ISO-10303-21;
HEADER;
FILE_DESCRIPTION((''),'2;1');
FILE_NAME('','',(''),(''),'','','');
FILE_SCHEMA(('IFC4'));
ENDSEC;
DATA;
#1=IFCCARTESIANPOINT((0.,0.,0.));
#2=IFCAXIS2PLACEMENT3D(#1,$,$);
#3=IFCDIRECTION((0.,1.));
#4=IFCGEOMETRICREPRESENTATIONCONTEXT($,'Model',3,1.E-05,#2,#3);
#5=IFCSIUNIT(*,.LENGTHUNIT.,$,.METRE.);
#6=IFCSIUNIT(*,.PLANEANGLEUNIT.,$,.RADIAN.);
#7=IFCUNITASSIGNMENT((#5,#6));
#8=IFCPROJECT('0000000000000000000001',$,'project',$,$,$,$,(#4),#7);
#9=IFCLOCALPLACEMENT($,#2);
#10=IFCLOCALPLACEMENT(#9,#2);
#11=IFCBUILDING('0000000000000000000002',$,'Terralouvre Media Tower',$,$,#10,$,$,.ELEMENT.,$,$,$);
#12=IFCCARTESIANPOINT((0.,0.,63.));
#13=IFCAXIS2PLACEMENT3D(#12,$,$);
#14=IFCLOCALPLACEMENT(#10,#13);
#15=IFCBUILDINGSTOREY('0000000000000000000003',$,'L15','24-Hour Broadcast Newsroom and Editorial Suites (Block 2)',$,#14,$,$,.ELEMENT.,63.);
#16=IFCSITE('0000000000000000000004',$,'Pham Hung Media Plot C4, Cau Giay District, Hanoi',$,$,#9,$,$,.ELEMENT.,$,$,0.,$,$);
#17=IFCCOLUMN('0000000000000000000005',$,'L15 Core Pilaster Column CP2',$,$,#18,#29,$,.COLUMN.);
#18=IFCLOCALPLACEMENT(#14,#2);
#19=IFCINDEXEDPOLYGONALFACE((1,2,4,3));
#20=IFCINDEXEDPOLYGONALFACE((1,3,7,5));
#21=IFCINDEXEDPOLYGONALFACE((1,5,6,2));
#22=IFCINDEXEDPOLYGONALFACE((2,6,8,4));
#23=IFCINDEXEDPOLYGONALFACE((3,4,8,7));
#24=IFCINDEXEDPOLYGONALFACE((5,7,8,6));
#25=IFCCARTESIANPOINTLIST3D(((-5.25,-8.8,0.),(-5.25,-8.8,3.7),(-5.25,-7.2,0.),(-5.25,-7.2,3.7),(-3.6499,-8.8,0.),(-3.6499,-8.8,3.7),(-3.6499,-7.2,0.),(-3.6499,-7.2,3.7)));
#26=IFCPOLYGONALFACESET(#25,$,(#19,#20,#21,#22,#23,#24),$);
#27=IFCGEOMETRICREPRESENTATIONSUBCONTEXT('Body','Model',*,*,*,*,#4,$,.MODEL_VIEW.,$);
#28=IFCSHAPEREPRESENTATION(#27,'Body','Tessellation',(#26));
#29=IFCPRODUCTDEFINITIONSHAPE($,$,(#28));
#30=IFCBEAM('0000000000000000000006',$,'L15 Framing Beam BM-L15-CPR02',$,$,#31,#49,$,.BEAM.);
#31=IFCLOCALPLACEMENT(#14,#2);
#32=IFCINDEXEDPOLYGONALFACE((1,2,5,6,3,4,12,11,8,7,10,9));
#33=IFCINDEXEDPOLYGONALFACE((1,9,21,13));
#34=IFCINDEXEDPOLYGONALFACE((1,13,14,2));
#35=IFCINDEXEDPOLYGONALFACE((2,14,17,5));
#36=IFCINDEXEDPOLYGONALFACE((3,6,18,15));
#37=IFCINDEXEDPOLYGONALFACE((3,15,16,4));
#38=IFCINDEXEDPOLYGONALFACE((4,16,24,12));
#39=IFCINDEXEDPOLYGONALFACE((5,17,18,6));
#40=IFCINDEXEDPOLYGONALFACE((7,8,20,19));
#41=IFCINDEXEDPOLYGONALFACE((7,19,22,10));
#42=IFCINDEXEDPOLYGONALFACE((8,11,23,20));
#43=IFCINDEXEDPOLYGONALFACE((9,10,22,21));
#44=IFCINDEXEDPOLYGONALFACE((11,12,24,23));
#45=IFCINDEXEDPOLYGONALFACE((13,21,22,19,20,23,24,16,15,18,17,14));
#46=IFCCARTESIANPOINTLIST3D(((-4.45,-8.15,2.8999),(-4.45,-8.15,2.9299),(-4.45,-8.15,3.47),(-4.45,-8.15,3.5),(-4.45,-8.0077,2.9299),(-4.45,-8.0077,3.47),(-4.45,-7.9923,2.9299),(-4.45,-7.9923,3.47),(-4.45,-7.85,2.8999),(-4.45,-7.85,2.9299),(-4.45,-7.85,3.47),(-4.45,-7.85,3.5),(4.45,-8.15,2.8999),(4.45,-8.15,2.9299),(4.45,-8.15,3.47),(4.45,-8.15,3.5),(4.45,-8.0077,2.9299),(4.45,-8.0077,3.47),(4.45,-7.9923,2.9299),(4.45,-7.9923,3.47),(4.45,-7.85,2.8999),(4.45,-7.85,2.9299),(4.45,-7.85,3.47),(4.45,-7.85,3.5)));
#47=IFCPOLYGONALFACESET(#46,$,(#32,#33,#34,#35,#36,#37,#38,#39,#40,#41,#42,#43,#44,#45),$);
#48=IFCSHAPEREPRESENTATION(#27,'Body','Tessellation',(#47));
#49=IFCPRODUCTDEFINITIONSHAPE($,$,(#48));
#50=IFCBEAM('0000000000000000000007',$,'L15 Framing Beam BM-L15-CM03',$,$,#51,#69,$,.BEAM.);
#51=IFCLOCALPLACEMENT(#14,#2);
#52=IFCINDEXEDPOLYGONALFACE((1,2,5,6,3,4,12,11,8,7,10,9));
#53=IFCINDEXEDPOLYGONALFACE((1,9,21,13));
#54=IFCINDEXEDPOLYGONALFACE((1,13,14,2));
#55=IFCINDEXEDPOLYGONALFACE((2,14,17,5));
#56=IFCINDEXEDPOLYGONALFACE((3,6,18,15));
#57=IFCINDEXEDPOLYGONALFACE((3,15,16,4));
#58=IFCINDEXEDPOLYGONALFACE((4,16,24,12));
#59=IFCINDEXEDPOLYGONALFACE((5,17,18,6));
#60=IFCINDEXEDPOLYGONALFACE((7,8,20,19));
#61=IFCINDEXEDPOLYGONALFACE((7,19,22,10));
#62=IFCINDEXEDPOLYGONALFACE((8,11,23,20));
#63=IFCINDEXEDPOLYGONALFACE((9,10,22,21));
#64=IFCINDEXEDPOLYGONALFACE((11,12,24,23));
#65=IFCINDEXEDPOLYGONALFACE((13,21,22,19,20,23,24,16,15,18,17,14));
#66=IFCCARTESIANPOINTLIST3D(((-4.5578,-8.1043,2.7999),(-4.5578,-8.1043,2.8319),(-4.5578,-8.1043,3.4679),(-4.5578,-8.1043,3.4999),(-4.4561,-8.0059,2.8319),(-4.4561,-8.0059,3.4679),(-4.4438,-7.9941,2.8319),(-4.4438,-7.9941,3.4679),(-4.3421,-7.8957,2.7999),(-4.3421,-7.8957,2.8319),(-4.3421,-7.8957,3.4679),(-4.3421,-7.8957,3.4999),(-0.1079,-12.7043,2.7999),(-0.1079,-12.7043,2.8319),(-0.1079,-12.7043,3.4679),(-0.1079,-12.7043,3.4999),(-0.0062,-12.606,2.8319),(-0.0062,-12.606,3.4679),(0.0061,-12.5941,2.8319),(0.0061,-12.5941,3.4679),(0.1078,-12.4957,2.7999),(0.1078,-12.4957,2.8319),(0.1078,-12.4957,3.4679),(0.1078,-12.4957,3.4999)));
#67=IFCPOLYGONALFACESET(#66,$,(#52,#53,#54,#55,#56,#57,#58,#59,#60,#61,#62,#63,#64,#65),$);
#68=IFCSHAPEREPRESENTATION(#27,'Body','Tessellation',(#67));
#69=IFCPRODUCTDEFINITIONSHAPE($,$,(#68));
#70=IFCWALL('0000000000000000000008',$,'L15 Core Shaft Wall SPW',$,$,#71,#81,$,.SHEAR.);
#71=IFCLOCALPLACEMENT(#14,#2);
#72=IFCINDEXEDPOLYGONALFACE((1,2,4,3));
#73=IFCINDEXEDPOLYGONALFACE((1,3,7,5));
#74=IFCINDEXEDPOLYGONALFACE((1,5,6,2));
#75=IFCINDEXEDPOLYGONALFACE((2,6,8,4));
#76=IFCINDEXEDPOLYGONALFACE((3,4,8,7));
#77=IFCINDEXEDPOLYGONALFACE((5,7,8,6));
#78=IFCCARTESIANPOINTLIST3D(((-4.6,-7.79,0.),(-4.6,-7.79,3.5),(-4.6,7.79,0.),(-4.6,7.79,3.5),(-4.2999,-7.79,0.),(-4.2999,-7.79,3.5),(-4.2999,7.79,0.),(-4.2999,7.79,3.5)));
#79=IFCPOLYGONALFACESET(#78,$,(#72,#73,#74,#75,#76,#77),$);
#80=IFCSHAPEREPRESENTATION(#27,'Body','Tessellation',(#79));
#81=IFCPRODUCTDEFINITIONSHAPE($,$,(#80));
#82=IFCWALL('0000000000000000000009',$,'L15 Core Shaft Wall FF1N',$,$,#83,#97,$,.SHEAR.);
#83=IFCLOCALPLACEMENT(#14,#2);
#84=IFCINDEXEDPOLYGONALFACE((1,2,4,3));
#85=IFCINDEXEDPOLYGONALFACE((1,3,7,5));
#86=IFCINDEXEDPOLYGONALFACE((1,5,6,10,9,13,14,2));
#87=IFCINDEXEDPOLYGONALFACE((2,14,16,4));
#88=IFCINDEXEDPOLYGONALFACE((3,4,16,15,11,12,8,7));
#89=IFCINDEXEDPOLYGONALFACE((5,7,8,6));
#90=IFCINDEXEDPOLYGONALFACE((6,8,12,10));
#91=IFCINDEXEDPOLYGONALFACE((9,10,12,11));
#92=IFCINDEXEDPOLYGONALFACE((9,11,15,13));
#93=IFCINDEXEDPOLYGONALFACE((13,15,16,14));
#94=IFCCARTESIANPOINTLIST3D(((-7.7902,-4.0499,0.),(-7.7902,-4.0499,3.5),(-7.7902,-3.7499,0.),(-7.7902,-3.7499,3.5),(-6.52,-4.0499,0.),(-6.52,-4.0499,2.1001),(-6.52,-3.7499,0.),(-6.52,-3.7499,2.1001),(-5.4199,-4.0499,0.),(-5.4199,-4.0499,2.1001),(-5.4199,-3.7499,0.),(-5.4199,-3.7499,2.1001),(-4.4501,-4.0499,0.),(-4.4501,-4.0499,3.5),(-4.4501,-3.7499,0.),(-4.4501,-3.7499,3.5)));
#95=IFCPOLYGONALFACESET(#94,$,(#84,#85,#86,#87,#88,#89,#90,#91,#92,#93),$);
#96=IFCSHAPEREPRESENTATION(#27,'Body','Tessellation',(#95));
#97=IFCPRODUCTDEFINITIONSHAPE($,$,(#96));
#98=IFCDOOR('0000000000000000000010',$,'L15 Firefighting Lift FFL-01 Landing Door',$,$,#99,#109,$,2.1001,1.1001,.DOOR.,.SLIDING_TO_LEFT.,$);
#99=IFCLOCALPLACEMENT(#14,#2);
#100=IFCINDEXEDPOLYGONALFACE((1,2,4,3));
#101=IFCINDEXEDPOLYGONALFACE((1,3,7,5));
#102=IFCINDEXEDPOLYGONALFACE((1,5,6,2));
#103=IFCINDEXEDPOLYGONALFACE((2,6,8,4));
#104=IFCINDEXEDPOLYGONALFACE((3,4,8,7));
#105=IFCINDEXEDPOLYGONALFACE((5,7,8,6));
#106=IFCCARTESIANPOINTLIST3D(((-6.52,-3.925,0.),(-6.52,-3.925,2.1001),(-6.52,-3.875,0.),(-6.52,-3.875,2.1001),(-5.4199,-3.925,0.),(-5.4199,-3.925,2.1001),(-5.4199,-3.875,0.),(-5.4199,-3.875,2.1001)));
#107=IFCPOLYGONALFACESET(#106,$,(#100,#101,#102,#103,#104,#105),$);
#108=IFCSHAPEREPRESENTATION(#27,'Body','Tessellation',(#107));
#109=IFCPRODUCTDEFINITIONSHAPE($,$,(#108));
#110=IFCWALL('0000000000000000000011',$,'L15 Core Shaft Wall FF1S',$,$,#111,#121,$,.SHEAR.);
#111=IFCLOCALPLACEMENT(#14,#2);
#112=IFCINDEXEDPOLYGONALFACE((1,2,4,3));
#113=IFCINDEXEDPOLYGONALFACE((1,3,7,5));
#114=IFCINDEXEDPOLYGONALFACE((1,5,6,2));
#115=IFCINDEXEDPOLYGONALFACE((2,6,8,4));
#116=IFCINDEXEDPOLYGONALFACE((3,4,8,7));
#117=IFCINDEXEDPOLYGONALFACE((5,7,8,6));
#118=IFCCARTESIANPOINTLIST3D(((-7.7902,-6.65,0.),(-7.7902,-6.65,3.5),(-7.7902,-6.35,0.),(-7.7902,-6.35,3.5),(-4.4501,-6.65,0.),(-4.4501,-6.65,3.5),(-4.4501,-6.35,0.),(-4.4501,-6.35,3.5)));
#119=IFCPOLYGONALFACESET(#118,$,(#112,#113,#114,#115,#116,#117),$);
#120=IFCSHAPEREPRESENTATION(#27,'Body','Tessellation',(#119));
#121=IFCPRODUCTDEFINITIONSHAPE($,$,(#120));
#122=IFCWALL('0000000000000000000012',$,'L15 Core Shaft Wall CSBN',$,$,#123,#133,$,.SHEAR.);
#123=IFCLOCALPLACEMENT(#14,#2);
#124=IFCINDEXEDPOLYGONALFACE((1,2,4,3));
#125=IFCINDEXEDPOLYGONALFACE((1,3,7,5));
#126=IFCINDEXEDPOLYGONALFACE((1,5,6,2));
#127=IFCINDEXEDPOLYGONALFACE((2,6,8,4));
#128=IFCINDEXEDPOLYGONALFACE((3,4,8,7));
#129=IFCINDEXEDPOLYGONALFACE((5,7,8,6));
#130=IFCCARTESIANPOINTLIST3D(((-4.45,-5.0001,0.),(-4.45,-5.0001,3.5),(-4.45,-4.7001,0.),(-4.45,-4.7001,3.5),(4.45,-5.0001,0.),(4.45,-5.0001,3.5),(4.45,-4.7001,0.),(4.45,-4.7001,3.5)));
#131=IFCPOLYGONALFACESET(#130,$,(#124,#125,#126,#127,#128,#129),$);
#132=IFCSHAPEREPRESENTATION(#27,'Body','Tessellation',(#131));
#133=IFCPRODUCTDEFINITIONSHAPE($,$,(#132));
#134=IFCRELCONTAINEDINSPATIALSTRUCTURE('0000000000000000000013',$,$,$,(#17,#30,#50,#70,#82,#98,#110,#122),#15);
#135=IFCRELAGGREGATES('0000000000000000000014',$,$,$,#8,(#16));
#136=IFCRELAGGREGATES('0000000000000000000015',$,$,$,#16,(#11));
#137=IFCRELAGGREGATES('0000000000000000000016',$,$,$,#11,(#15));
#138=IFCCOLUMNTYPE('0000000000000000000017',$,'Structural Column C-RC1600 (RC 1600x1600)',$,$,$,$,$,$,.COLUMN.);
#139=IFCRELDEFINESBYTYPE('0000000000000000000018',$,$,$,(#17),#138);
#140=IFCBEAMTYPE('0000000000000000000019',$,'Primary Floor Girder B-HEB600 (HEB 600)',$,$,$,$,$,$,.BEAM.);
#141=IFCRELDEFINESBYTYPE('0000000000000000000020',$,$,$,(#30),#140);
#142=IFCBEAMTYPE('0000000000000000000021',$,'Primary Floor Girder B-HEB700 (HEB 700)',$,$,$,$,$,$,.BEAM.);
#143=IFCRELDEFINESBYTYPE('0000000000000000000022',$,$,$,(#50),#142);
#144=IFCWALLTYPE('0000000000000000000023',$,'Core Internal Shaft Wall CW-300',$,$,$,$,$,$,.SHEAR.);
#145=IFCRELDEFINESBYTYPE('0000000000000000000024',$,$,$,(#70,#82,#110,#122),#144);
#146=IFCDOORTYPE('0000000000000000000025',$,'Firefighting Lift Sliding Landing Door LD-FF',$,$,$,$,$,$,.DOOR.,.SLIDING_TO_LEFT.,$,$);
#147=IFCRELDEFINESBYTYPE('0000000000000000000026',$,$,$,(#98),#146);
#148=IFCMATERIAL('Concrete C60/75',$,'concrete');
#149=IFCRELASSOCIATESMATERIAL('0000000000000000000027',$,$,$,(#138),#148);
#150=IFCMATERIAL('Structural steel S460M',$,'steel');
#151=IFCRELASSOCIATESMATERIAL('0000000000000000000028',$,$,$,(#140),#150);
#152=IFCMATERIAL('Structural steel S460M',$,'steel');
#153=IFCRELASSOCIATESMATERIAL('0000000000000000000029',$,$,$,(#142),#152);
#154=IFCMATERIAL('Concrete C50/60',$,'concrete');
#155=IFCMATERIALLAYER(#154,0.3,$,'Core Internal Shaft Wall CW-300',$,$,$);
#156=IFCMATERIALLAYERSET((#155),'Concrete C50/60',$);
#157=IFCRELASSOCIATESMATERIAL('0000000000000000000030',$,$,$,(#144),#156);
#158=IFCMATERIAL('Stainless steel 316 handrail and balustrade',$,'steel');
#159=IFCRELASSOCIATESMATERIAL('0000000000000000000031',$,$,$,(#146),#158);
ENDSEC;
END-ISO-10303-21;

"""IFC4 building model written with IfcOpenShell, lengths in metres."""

from ifc_helpers import new_model, si_unit, direction, frame, frame_2d, origin, origin_2d, place, context, subcontext, project, spatial, rectangle, i_section, extrude, material, layer, layer_set, material_profile, profile_set, type_object, element, fill, save


model = new_model("IFC4")

# Units and contexts
model_context = context("Model", 3, precision=1e-05, world=origin(), true_north=direction((0.0, 1.0)))
body_context = subcontext(model_context, "Body", "Model", "MODEL_VIEW")
ifc_project = project(units=[si_unit("LENGTHUNIT", "METRE"), si_unit("PLANEANGLEUNIT", "RADIAN")], contexts=[model_context])

# Site, building, storey
site_placement = place(None, origin())
site = spatial("IfcSite", under=ifc_project, at=site_placement, Name="Pham Hung Media Plot C4, Cau Giay District, Hanoi", CompositionType="ELEMENT", RefElevation=0.0)
building_placement = place(site_placement, origin())
building = spatial("IfcBuilding", under=site, at=building_placement, Name="Terralouvre Media Tower", CompositionType="ELEMENT")
storey_placement = place(building_placement, frame((0.0, 0.0, 63.0)))
storey = spatial("IfcBuildingStorey", under=building, at=storey_placement, Name="L15", Description="24-Hour Broadcast Newsroom and Editorial Suites (Block 2)", CompositionType="ELEMENT", Elevation=63.0)

# Column
ifc_material_1 = material(Name="Concrete C60/75", Category="concrete")
ifc_material_profile_1 = material_profile(ifc_material_1, rectangle(XDim=1.6001, YDim=1.6001, at=origin_2d()), Name="RC 1600x1600")
ifc_profile_set_1 = profile_set([ifc_material_profile_1], Name="Concrete C60/75")
column_type = type_object("IfcColumnType", Name="Structural Column C-RC1600 (RC 1600x1600)", PredefinedType="COLUMN", material=ifc_profile_set_1)
column_placement = place(storey_placement, frame((-4.45, -8.0, 0.0), z_axis=(0.0, 0.0, 1.0), x_axis=(1.0, 0.0, 0.0)))
element("IfcColumn", 1, at=column_placement, inside=storey, type_object=column_type, Name="L15 Core Pilaster Column CP2", PredefinedType="COLUMN", context=body_context, shape_type="SweptSolid", body=[
    extrude(rectangle(XDim=1.6001, YDim=1.6001, at=origin_2d()), origin(), (0.0, 0.0, 1.0), 3.7),
])

# Beams
ifc_material_2 = material(Name="Structural steel S460M", Category="steel")
ifc_material_profile_2 = material_profile(ifc_material_2, i_section(OverallWidth=0.3, OverallDepth=0.6001, WebThickness=0.0154, FlangeThickness=0.03, at=origin_2d()), Name="HEB 600")
ifc_profile_set_2 = profile_set([ifc_material_profile_2], Name="Structural steel S460M")
beam_type_1 = type_object("IfcBeamType", Name="Primary Floor Girder B-HEB600 (HEB 600)", PredefinedType="BEAM", material=ifc_profile_set_2)
beam_1_placement = place(storey_placement, frame((-4.45, -8.0, 3.2), z_axis=(1.0, 0.0, 0.0), x_axis=(0.0, 1.0, 0.0)))
element("IfcBeam", 2, at=beam_1_placement, inside=storey, type_object=beam_type_1, Name="L15 Framing Beam BM-L15-CPR02", PredefinedType="BEAM", context=body_context, shape_type="SweptSolid", body=[
    extrude(i_section(OverallWidth=0.3, OverallDepth=0.6001, WebThickness=0.0154, FlangeThickness=0.03, at=origin_2d()), origin(), (0.0, 0.0, 1.0), 8.8999),
])
ifc_material_3 = material(Name="Structural steel S460M", Category="steel")
ifc_material_profile_3 = material_profile(ifc_material_3, i_section(OverallWidth=0.3, OverallDepth=0.7, WebThickness=0.0171, FlangeThickness=0.032, at=origin_2d()), Name="HEB 700")
ifc_profile_set_3 = profile_set([ifc_material_profile_3], Name="Structural steel S460M")
beam_type_2 = type_object("IfcBeamType", Name="Primary Floor Girder B-HEB700 (HEB 700)", PredefinedType="BEAM", material=ifc_profile_set_3)
beam_2_placement = place(storey_placement, frame((-4.45, -8.0, 3.1499), z_axis=(0.69528, -0.718739, 0.0), x_axis=(0.718739, 0.69528, 0.0)))
element("IfcBeam", 3, at=beam_2_placement, inside=storey, type_object=beam_type_2, Name="L15 Framing Beam BM-L15-CM03", PredefinedType="BEAM", context=body_context, shape_type="SweptSolid", body=[
    extrude(i_section(OverallWidth=0.3, OverallDepth=0.7, WebThickness=0.0171, FlangeThickness=0.032, at=origin_2d()), origin(), (0.0, 0.0, 1.0), 6.4001),
])

# Wall
ifc_material_4 = material(Name="Concrete C50/60", Category="concrete")
ifc_layer_1 = layer(ifc_material_4, 0.3, Name="Core Internal Shaft Wall CW-300")
ifc_layer_set_1 = layer_set([ifc_layer_1], Name="Concrete C50/60")
wall_type_1 = type_object("IfcWallType", Name="Core Internal Shaft Wall CW-300", PredefinedType="SHEAR", material=ifc_layer_set_1)
wall_1_placement = place(storey_placement, frame((-4.45, -7.79, 0.0), z_axis=(0.0, 0.0, 1.0), x_axis=(0.0, 1.0, 0.0)))
element("IfcWall", 4, at=wall_1_placement, inside=storey, type_object=wall_type_1, Name="L15 Core Shaft Wall SPW", PredefinedType="SHEAR", context=body_context, shape_type="SweptSolid", body=[
    extrude(rectangle(XDim=15.5801, YDim=0.3, at=frame_2d((7.79, 0.0))), origin(), (0.0, 0.0, 1.0), 3.5),
])

# Wall, opening, door
wall_2_placement = place(storey_placement, frame((-7.79, -3.8999, 0.0), z_axis=(0.0, 0.0, 1.0), x_axis=(1.0, 0.0, 0.0)))
wall_2 = element("IfcWall", 5, at=wall_2_placement, inside=storey, type_object=wall_type_1, Name="L15 Core Shaft Wall FF1N", PredefinedType="SHEAR", context=body_context, shape_type="SweptSolid", body=[
    extrude(rectangle(XDim=3.3401, YDim=0.3, at=frame_2d((1.6699, 0.0))), origin(), (0.0, 0.0, 1.0), 3.5),
])
opening_1_placement = place(wall_2_placement, frame((1.27, 0.0, 0.0)))
opening_1 = element("IfcOpeningElement", 6, at=opening_1_placement, cuts=wall_2, PredefinedType="OPENING", context=body_context, shape_type="SweptSolid", body=[
    extrude(rectangle(XDim=1.1001, YDim=2.1001, at=frame_2d((0.55, 1.05))), frame((0.0, 0.1599, 0.0), z_axis=(0.0, -1.0, 0.0), x_axis=(1.0, 0.0, 0.0)), (0.0, 0.0, 1.0), 0.3201),
])
ifc_material_5 = material(Name="Stainless steel 316 handrail and balustrade", Category="steel")
door_type_1 = type_object("IfcDoorType", Name="Firefighting Lift Sliding Landing Door LD-FF", OperationType="SLIDING_TO_LEFT", PredefinedType="DOOR", material=ifc_material_5)
door_1_placement = place(opening_1_placement, origin())
door_1 = element("IfcDoor", 7, at=door_1_placement, inside=storey, type_object=door_type_1, Name="L15 Firefighting Lift FFL-01 Landing Door", OperationType="SLIDING_TO_LEFT", OverallHeight=2.1001, OverallWidth=1.1001, PredefinedType="DOOR", context=body_context, shape_type="SweptSolid", body=[
    extrude(rectangle(XDim=1.1001, YDim=2.1001, at=frame_2d((0.55, 1.05))), frame((0.0, 0.0249, 0.0), z_axis=(0.0, -1.0, 0.0), x_axis=(1.0, 0.0, 0.0)), (0.0, 0.0, 1.0), 0.05),
])
fill(opening_1, door_1)

# Walls
wall_3_placement = place(storey_placement, frame((-7.79, -6.5, 0.0), z_axis=(0.0, 0.0, 1.0), x_axis=(1.0, 0.0, 0.0)))
element("IfcWall", 8, at=wall_3_placement, inside=storey, type_object=wall_type_1, Name="L15 Core Shaft Wall FF1S", PredefinedType="SHEAR", context=body_context, shape_type="SweptSolid", body=[
    extrude(rectangle(XDim=3.3401, YDim=0.3, at=frame_2d((1.6699, 0.0))), origin(), (0.0, 0.0, 1.0), 3.5),
])
wall_4_placement = place(storey_placement, frame((-4.45, -4.8501, 0.0), z_axis=(0.0, 0.0, 1.0), x_axis=(1.0, 0.0, 0.0)))
element("IfcWall", 9, at=wall_4_placement, inside=storey, type_object=wall_type_1, Name="L15 Core Shaft Wall CSBN", PredefinedType="SHEAR", context=body_context, shape_type="SweptSolid", body=[
    extrude(rectangle(XDim=8.8999, YDim=0.3, at=frame_2d((4.45, 0.0))), origin(), (0.0, 0.0, 1.0), 3.5),
])

save(model, "model.ifc")
